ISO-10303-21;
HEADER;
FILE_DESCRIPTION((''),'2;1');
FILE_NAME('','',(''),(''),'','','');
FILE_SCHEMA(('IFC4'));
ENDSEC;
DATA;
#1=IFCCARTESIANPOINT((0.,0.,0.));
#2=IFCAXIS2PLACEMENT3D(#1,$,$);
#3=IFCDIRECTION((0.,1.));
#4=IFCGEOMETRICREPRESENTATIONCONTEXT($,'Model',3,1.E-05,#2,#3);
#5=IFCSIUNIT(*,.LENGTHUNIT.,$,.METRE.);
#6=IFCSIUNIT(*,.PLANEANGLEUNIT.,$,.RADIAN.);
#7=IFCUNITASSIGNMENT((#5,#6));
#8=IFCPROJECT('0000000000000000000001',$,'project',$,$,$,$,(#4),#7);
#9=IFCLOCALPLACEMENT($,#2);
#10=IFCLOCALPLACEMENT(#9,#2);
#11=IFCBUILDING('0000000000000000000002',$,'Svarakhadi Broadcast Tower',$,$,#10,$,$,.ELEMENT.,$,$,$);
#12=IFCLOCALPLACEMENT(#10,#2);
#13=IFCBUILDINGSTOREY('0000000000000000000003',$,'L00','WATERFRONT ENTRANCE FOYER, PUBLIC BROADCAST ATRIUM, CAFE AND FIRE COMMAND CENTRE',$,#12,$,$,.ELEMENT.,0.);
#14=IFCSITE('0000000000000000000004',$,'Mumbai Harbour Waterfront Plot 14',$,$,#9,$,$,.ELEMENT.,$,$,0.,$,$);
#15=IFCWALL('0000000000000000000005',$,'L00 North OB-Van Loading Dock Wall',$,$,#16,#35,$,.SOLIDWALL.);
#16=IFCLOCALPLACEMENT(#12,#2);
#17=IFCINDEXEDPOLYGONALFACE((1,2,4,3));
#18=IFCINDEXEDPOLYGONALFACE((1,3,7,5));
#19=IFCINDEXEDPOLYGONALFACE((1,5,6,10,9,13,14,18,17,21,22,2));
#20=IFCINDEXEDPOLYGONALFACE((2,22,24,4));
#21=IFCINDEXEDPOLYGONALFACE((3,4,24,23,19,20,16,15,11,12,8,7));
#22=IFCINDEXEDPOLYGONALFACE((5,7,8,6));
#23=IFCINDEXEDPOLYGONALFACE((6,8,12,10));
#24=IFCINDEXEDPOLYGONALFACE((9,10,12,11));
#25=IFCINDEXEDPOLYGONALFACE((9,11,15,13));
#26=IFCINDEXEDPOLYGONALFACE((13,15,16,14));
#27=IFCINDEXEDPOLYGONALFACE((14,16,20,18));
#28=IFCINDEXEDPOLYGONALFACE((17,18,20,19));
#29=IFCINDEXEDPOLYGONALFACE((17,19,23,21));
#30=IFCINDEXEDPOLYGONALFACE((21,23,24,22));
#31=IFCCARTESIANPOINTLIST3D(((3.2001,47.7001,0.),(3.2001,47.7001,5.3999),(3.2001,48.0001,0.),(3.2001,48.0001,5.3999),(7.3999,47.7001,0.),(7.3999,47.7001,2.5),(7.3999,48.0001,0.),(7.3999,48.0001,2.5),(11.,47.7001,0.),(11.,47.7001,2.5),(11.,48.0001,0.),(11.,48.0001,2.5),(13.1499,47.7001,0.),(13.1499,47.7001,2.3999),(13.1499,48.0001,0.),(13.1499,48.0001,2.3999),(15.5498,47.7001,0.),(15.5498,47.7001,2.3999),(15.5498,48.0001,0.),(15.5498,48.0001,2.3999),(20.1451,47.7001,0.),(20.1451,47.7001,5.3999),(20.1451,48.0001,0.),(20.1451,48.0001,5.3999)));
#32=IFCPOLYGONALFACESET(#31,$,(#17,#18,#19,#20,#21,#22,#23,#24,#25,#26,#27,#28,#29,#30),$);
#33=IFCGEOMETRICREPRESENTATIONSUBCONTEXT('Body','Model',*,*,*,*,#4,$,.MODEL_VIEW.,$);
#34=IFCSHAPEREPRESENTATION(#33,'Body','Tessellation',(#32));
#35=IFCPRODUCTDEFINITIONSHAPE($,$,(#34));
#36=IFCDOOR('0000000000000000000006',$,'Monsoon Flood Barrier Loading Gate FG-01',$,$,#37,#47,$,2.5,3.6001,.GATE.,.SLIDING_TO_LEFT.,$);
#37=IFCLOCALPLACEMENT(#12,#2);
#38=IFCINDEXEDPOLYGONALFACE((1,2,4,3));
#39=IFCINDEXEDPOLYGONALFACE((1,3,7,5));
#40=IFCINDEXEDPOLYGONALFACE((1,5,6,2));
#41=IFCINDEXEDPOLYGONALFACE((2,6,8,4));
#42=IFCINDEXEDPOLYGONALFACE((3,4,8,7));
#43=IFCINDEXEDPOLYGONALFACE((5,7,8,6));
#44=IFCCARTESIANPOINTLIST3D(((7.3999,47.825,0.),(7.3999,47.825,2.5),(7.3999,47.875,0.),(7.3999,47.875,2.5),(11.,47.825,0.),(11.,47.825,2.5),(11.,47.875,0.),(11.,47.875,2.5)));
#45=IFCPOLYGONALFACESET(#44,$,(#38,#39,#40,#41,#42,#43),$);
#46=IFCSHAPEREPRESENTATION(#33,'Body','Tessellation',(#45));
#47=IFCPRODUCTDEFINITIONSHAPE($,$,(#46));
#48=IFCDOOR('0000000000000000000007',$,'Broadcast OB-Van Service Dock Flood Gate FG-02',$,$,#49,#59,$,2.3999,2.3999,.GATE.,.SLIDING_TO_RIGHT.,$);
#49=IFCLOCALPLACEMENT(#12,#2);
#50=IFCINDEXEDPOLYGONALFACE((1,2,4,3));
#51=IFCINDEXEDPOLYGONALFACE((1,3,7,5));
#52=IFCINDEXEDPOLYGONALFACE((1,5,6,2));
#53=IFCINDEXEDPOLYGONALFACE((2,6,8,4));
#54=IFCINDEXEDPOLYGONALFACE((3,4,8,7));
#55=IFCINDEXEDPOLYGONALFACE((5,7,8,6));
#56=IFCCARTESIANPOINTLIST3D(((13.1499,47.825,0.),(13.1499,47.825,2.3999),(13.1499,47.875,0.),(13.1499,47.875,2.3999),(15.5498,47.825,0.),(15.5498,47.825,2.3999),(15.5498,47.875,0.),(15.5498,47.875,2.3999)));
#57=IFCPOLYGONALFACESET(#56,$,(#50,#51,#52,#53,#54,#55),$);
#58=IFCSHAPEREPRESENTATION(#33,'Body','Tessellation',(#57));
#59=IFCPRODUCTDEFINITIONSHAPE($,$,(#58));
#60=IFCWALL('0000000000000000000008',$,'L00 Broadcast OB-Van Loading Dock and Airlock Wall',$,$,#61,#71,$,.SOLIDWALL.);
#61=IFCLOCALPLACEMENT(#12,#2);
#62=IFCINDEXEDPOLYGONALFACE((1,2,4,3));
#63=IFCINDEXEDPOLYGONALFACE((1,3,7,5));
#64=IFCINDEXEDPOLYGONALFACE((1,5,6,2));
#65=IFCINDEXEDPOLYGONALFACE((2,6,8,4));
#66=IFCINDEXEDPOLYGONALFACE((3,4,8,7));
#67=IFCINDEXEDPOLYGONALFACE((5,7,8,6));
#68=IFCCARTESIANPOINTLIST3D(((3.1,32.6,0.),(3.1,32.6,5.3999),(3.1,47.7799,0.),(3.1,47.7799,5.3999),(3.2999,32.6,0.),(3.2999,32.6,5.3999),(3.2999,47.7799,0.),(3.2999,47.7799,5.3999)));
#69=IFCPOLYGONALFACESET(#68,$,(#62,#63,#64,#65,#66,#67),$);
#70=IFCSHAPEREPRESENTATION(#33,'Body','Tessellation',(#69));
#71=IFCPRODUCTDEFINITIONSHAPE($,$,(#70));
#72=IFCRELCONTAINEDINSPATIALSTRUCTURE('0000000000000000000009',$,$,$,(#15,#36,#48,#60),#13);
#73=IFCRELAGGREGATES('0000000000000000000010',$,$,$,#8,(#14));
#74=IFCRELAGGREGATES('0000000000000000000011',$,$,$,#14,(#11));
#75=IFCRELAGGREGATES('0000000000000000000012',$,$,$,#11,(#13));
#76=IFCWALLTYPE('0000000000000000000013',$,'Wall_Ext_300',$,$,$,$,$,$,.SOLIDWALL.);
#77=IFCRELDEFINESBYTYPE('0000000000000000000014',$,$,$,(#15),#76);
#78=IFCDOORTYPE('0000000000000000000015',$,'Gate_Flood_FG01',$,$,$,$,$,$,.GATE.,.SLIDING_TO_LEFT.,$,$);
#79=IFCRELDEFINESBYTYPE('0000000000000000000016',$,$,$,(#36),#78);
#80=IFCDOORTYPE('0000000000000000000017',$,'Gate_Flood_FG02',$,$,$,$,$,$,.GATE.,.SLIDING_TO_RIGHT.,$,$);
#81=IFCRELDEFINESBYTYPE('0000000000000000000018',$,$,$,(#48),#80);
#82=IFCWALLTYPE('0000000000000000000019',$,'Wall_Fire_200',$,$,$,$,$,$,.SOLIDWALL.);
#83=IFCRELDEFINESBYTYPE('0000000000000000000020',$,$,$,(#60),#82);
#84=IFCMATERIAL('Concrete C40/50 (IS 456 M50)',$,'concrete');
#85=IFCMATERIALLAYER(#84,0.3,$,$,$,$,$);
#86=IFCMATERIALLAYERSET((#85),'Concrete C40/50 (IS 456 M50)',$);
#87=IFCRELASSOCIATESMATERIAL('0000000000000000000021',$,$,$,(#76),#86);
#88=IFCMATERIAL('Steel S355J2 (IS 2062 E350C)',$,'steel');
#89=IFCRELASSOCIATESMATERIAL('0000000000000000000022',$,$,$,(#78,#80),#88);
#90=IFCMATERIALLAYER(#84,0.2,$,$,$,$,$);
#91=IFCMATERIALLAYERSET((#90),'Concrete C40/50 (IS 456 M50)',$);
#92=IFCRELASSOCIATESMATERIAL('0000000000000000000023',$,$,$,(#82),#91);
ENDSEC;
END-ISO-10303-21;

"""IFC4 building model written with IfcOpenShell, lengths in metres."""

from ifc_helpers import new_model, si_unit, direction, frame, frame_2d, origin, place, context, subcontext, project, spatial, rectangle, extrude, material, layer, layer_set, type_object, element, fill, save


model = new_model("IFC4")

# Units and contexts
model_context = context("Model", 3, precision=1e-05, world=origin(), true_north=direction((0.0, 1.0)))
body_context = subcontext(model_context, "Body", "Model", "MODEL_VIEW")
ifc_project = project(units=[si_unit("LENGTHUNIT", "METRE"), si_unit("PLANEANGLEUNIT", "RADIAN")], contexts=[model_context])

# Site, building, storey
site_placement = place(None, origin())
site = spatial("IfcSite", under=ifc_project, at=site_placement, Name="Mumbai Harbour Waterfront Plot 14", CompositionType="ELEMENT", RefElevation=0.0)
building_placement = place(site_placement, origin())
building = spatial("IfcBuilding", under=site, at=building_placement, Name="Svarakhadi Broadcast Tower", CompositionType="ELEMENT")
storey_placement = place(building_placement, origin())
storey = spatial("IfcBuildingStorey", under=building, at=storey_placement, Name="L00", Description="WATERFRONT ENTRANCE FOYER, PUBLIC BROADCAST ATRIUM, CAFE AND FIRE COMMAND CENTRE", CompositionType="ELEMENT", Elevation=0.0)

# Shared definitions
ifc_material_1 = material(Name="Steel S355J2 (IS 2062 E350C)", Category="steel")

# Wall, openings, doors
ifc_material_2 = material(Name="Concrete C40/50 (IS 456 M50)", Category="concrete")
ifc_layer_1 = layer(ifc_material_2, 0.3)
ifc_layer_set_1 = layer_set([ifc_layer_1], Name="Concrete C40/50 (IS 456 M50)")
wall_type_1 = type_object("IfcWallType", Name="Wall_Ext_300", PredefinedType="SOLIDWALL", material=ifc_layer_set_1)
wall_1_placement = place(storey_placement, frame((3.2, 47.8501, 0.0), z_axis=(0.0, 0.0, 1.0), x_axis=(1.0, 0.0, 0.0)))
wall_1 = element("IfcWall", 1, at=wall_1_placement, inside=storey, type_object=wall_type_1, Name="L00 North OB-Van Loading Dock Wall", PredefinedType="SOLIDWALL", context=body_context, shape_type="SweptSolid", body=[
    extrude(rectangle(XDim=16.9451, YDim=0.3, at=frame_2d((8.4727, 0.0))), origin(), (0.0, 0.0, 1.0), 5.3999),
])
opening_1_placement = place(wall_1_placement, frame((4.2, 0.0, 0.0)))
opening_1 = element("IfcOpeningElement", 2, at=opening_1_placement, cuts=wall_1, PredefinedType="OPENING", context=body_context, shape_type="SweptSolid", body=[
    extrude(rectangle(XDim=3.6001, YDim=2.5, at=frame_2d((1.8, 1.25))), frame((0.0, 0.1599, 0.0), z_axis=(0.0, -1.0, 0.0), x_axis=(1.0, 0.0, 0.0)), (0.0, 0.0, 1.0), 0.3201),
])
opening_2_placement = place(wall_1_placement, frame((9.95, 0.0, 0.0)))
opening_2 = element("IfcOpeningElement", 3, at=opening_2_placement, cuts=wall_1, PredefinedType="OPENING", context=body_context, shape_type="SweptSolid", body=[
    extrude(rectangle(XDim=2.3999, YDim=2.3999, at=frame_2d((1.2, 1.2))), frame((0.0, 0.1599, 0.0), z_axis=(0.0, -1.0, 0.0), x_axis=(1.0, 0.0, 0.0)), (0.0, 0.0, 1.0), 0.3201),
])
door_type_1 = type_object("IfcDoorType", Name="Gate_Flood_FG01", OperationType="SLIDING_TO_LEFT", PredefinedType="GATE", material=ifc_material_1)
door_1_placement = place(opening_1_placement, origin())
door_1 = element("IfcDoor", 4, at=door_1_placement, inside=storey, type_object=door_type_1, Name="Monsoon Flood Barrier Loading Gate FG-01", OperationType="SLIDING_TO_LEFT", OverallHeight=2.5, OverallWidth=3.6001, PredefinedType="GATE", context=body_context, shape_type="SweptSolid", body=[
    extrude(rectangle(XDim=3.6001, YDim=2.5, at=frame_2d((1.8, 1.25))), frame((0.0, 0.0249, 0.0), z_axis=(0.0, -1.0, 0.0), x_axis=(1.0, 0.0, 0.0)), (0.0, 0.0, 1.0), 0.05),
])
fill(opening_1, door_1)
door_type_2 = type_object("IfcDoorType", Name="Gate_Flood_FG02", OperationType="SLIDING_TO_RIGHT", PredefinedType="GATE", material=ifc_material_1)
door_2_placement = place(opening_2_placement, origin())
door_2 = element("IfcDoor", 5, at=door_2_placement, inside=storey, type_object=door_type_2, Name="Broadcast OB-Van Service Dock Flood Gate FG-02", OperationType="SLIDING_TO_RIGHT", OverallHeight=2.3999, OverallWidth=2.3999, PredefinedType="GATE", context=body_context, shape_type="SweptSolid", body=[
    extrude(rectangle(XDim=2.3999, YDim=2.3999, at=frame_2d((1.2, 1.2))), frame((0.0, 0.0249, 0.0), z_axis=(0.0, -1.0, 0.0), x_axis=(1.0, 0.0, 0.0)), (0.0, 0.0, 1.0), 0.05),
])
fill(opening_2, door_2)

# Wall
ifc_layer_2 = layer(ifc_material_2, 0.2)
ifc_layer_set_2 = layer_set([ifc_layer_2], Name="Concrete C40/50 (IS 456 M50)")
wall_type_2 = type_object("IfcWallType", Name="Wall_Fire_200", PredefinedType="SOLIDWALL", material=ifc_layer_set_2)
wall_2_placement = place(storey_placement, frame((3.2, 32.6001, 0.0), z_axis=(0.0, 0.0, 1.0), x_axis=(0.0, 1.0, 0.0)))
element("IfcWall", 6, at=wall_2_placement, inside=storey, type_object=wall_type_2, Name="L00 Broadcast OB-Van Loading Dock and Airlock Wall", PredefinedType="SOLIDWALL", context=body_context, shape_type="SweptSolid", body=[
    extrude(rectangle(XDim=15.1799, YDim=0.2, at=frame_2d((7.5898, 0.0))), origin(), (0.0, 0.0, 1.0), 5.3999),
])

save(model, "model.ifc")
